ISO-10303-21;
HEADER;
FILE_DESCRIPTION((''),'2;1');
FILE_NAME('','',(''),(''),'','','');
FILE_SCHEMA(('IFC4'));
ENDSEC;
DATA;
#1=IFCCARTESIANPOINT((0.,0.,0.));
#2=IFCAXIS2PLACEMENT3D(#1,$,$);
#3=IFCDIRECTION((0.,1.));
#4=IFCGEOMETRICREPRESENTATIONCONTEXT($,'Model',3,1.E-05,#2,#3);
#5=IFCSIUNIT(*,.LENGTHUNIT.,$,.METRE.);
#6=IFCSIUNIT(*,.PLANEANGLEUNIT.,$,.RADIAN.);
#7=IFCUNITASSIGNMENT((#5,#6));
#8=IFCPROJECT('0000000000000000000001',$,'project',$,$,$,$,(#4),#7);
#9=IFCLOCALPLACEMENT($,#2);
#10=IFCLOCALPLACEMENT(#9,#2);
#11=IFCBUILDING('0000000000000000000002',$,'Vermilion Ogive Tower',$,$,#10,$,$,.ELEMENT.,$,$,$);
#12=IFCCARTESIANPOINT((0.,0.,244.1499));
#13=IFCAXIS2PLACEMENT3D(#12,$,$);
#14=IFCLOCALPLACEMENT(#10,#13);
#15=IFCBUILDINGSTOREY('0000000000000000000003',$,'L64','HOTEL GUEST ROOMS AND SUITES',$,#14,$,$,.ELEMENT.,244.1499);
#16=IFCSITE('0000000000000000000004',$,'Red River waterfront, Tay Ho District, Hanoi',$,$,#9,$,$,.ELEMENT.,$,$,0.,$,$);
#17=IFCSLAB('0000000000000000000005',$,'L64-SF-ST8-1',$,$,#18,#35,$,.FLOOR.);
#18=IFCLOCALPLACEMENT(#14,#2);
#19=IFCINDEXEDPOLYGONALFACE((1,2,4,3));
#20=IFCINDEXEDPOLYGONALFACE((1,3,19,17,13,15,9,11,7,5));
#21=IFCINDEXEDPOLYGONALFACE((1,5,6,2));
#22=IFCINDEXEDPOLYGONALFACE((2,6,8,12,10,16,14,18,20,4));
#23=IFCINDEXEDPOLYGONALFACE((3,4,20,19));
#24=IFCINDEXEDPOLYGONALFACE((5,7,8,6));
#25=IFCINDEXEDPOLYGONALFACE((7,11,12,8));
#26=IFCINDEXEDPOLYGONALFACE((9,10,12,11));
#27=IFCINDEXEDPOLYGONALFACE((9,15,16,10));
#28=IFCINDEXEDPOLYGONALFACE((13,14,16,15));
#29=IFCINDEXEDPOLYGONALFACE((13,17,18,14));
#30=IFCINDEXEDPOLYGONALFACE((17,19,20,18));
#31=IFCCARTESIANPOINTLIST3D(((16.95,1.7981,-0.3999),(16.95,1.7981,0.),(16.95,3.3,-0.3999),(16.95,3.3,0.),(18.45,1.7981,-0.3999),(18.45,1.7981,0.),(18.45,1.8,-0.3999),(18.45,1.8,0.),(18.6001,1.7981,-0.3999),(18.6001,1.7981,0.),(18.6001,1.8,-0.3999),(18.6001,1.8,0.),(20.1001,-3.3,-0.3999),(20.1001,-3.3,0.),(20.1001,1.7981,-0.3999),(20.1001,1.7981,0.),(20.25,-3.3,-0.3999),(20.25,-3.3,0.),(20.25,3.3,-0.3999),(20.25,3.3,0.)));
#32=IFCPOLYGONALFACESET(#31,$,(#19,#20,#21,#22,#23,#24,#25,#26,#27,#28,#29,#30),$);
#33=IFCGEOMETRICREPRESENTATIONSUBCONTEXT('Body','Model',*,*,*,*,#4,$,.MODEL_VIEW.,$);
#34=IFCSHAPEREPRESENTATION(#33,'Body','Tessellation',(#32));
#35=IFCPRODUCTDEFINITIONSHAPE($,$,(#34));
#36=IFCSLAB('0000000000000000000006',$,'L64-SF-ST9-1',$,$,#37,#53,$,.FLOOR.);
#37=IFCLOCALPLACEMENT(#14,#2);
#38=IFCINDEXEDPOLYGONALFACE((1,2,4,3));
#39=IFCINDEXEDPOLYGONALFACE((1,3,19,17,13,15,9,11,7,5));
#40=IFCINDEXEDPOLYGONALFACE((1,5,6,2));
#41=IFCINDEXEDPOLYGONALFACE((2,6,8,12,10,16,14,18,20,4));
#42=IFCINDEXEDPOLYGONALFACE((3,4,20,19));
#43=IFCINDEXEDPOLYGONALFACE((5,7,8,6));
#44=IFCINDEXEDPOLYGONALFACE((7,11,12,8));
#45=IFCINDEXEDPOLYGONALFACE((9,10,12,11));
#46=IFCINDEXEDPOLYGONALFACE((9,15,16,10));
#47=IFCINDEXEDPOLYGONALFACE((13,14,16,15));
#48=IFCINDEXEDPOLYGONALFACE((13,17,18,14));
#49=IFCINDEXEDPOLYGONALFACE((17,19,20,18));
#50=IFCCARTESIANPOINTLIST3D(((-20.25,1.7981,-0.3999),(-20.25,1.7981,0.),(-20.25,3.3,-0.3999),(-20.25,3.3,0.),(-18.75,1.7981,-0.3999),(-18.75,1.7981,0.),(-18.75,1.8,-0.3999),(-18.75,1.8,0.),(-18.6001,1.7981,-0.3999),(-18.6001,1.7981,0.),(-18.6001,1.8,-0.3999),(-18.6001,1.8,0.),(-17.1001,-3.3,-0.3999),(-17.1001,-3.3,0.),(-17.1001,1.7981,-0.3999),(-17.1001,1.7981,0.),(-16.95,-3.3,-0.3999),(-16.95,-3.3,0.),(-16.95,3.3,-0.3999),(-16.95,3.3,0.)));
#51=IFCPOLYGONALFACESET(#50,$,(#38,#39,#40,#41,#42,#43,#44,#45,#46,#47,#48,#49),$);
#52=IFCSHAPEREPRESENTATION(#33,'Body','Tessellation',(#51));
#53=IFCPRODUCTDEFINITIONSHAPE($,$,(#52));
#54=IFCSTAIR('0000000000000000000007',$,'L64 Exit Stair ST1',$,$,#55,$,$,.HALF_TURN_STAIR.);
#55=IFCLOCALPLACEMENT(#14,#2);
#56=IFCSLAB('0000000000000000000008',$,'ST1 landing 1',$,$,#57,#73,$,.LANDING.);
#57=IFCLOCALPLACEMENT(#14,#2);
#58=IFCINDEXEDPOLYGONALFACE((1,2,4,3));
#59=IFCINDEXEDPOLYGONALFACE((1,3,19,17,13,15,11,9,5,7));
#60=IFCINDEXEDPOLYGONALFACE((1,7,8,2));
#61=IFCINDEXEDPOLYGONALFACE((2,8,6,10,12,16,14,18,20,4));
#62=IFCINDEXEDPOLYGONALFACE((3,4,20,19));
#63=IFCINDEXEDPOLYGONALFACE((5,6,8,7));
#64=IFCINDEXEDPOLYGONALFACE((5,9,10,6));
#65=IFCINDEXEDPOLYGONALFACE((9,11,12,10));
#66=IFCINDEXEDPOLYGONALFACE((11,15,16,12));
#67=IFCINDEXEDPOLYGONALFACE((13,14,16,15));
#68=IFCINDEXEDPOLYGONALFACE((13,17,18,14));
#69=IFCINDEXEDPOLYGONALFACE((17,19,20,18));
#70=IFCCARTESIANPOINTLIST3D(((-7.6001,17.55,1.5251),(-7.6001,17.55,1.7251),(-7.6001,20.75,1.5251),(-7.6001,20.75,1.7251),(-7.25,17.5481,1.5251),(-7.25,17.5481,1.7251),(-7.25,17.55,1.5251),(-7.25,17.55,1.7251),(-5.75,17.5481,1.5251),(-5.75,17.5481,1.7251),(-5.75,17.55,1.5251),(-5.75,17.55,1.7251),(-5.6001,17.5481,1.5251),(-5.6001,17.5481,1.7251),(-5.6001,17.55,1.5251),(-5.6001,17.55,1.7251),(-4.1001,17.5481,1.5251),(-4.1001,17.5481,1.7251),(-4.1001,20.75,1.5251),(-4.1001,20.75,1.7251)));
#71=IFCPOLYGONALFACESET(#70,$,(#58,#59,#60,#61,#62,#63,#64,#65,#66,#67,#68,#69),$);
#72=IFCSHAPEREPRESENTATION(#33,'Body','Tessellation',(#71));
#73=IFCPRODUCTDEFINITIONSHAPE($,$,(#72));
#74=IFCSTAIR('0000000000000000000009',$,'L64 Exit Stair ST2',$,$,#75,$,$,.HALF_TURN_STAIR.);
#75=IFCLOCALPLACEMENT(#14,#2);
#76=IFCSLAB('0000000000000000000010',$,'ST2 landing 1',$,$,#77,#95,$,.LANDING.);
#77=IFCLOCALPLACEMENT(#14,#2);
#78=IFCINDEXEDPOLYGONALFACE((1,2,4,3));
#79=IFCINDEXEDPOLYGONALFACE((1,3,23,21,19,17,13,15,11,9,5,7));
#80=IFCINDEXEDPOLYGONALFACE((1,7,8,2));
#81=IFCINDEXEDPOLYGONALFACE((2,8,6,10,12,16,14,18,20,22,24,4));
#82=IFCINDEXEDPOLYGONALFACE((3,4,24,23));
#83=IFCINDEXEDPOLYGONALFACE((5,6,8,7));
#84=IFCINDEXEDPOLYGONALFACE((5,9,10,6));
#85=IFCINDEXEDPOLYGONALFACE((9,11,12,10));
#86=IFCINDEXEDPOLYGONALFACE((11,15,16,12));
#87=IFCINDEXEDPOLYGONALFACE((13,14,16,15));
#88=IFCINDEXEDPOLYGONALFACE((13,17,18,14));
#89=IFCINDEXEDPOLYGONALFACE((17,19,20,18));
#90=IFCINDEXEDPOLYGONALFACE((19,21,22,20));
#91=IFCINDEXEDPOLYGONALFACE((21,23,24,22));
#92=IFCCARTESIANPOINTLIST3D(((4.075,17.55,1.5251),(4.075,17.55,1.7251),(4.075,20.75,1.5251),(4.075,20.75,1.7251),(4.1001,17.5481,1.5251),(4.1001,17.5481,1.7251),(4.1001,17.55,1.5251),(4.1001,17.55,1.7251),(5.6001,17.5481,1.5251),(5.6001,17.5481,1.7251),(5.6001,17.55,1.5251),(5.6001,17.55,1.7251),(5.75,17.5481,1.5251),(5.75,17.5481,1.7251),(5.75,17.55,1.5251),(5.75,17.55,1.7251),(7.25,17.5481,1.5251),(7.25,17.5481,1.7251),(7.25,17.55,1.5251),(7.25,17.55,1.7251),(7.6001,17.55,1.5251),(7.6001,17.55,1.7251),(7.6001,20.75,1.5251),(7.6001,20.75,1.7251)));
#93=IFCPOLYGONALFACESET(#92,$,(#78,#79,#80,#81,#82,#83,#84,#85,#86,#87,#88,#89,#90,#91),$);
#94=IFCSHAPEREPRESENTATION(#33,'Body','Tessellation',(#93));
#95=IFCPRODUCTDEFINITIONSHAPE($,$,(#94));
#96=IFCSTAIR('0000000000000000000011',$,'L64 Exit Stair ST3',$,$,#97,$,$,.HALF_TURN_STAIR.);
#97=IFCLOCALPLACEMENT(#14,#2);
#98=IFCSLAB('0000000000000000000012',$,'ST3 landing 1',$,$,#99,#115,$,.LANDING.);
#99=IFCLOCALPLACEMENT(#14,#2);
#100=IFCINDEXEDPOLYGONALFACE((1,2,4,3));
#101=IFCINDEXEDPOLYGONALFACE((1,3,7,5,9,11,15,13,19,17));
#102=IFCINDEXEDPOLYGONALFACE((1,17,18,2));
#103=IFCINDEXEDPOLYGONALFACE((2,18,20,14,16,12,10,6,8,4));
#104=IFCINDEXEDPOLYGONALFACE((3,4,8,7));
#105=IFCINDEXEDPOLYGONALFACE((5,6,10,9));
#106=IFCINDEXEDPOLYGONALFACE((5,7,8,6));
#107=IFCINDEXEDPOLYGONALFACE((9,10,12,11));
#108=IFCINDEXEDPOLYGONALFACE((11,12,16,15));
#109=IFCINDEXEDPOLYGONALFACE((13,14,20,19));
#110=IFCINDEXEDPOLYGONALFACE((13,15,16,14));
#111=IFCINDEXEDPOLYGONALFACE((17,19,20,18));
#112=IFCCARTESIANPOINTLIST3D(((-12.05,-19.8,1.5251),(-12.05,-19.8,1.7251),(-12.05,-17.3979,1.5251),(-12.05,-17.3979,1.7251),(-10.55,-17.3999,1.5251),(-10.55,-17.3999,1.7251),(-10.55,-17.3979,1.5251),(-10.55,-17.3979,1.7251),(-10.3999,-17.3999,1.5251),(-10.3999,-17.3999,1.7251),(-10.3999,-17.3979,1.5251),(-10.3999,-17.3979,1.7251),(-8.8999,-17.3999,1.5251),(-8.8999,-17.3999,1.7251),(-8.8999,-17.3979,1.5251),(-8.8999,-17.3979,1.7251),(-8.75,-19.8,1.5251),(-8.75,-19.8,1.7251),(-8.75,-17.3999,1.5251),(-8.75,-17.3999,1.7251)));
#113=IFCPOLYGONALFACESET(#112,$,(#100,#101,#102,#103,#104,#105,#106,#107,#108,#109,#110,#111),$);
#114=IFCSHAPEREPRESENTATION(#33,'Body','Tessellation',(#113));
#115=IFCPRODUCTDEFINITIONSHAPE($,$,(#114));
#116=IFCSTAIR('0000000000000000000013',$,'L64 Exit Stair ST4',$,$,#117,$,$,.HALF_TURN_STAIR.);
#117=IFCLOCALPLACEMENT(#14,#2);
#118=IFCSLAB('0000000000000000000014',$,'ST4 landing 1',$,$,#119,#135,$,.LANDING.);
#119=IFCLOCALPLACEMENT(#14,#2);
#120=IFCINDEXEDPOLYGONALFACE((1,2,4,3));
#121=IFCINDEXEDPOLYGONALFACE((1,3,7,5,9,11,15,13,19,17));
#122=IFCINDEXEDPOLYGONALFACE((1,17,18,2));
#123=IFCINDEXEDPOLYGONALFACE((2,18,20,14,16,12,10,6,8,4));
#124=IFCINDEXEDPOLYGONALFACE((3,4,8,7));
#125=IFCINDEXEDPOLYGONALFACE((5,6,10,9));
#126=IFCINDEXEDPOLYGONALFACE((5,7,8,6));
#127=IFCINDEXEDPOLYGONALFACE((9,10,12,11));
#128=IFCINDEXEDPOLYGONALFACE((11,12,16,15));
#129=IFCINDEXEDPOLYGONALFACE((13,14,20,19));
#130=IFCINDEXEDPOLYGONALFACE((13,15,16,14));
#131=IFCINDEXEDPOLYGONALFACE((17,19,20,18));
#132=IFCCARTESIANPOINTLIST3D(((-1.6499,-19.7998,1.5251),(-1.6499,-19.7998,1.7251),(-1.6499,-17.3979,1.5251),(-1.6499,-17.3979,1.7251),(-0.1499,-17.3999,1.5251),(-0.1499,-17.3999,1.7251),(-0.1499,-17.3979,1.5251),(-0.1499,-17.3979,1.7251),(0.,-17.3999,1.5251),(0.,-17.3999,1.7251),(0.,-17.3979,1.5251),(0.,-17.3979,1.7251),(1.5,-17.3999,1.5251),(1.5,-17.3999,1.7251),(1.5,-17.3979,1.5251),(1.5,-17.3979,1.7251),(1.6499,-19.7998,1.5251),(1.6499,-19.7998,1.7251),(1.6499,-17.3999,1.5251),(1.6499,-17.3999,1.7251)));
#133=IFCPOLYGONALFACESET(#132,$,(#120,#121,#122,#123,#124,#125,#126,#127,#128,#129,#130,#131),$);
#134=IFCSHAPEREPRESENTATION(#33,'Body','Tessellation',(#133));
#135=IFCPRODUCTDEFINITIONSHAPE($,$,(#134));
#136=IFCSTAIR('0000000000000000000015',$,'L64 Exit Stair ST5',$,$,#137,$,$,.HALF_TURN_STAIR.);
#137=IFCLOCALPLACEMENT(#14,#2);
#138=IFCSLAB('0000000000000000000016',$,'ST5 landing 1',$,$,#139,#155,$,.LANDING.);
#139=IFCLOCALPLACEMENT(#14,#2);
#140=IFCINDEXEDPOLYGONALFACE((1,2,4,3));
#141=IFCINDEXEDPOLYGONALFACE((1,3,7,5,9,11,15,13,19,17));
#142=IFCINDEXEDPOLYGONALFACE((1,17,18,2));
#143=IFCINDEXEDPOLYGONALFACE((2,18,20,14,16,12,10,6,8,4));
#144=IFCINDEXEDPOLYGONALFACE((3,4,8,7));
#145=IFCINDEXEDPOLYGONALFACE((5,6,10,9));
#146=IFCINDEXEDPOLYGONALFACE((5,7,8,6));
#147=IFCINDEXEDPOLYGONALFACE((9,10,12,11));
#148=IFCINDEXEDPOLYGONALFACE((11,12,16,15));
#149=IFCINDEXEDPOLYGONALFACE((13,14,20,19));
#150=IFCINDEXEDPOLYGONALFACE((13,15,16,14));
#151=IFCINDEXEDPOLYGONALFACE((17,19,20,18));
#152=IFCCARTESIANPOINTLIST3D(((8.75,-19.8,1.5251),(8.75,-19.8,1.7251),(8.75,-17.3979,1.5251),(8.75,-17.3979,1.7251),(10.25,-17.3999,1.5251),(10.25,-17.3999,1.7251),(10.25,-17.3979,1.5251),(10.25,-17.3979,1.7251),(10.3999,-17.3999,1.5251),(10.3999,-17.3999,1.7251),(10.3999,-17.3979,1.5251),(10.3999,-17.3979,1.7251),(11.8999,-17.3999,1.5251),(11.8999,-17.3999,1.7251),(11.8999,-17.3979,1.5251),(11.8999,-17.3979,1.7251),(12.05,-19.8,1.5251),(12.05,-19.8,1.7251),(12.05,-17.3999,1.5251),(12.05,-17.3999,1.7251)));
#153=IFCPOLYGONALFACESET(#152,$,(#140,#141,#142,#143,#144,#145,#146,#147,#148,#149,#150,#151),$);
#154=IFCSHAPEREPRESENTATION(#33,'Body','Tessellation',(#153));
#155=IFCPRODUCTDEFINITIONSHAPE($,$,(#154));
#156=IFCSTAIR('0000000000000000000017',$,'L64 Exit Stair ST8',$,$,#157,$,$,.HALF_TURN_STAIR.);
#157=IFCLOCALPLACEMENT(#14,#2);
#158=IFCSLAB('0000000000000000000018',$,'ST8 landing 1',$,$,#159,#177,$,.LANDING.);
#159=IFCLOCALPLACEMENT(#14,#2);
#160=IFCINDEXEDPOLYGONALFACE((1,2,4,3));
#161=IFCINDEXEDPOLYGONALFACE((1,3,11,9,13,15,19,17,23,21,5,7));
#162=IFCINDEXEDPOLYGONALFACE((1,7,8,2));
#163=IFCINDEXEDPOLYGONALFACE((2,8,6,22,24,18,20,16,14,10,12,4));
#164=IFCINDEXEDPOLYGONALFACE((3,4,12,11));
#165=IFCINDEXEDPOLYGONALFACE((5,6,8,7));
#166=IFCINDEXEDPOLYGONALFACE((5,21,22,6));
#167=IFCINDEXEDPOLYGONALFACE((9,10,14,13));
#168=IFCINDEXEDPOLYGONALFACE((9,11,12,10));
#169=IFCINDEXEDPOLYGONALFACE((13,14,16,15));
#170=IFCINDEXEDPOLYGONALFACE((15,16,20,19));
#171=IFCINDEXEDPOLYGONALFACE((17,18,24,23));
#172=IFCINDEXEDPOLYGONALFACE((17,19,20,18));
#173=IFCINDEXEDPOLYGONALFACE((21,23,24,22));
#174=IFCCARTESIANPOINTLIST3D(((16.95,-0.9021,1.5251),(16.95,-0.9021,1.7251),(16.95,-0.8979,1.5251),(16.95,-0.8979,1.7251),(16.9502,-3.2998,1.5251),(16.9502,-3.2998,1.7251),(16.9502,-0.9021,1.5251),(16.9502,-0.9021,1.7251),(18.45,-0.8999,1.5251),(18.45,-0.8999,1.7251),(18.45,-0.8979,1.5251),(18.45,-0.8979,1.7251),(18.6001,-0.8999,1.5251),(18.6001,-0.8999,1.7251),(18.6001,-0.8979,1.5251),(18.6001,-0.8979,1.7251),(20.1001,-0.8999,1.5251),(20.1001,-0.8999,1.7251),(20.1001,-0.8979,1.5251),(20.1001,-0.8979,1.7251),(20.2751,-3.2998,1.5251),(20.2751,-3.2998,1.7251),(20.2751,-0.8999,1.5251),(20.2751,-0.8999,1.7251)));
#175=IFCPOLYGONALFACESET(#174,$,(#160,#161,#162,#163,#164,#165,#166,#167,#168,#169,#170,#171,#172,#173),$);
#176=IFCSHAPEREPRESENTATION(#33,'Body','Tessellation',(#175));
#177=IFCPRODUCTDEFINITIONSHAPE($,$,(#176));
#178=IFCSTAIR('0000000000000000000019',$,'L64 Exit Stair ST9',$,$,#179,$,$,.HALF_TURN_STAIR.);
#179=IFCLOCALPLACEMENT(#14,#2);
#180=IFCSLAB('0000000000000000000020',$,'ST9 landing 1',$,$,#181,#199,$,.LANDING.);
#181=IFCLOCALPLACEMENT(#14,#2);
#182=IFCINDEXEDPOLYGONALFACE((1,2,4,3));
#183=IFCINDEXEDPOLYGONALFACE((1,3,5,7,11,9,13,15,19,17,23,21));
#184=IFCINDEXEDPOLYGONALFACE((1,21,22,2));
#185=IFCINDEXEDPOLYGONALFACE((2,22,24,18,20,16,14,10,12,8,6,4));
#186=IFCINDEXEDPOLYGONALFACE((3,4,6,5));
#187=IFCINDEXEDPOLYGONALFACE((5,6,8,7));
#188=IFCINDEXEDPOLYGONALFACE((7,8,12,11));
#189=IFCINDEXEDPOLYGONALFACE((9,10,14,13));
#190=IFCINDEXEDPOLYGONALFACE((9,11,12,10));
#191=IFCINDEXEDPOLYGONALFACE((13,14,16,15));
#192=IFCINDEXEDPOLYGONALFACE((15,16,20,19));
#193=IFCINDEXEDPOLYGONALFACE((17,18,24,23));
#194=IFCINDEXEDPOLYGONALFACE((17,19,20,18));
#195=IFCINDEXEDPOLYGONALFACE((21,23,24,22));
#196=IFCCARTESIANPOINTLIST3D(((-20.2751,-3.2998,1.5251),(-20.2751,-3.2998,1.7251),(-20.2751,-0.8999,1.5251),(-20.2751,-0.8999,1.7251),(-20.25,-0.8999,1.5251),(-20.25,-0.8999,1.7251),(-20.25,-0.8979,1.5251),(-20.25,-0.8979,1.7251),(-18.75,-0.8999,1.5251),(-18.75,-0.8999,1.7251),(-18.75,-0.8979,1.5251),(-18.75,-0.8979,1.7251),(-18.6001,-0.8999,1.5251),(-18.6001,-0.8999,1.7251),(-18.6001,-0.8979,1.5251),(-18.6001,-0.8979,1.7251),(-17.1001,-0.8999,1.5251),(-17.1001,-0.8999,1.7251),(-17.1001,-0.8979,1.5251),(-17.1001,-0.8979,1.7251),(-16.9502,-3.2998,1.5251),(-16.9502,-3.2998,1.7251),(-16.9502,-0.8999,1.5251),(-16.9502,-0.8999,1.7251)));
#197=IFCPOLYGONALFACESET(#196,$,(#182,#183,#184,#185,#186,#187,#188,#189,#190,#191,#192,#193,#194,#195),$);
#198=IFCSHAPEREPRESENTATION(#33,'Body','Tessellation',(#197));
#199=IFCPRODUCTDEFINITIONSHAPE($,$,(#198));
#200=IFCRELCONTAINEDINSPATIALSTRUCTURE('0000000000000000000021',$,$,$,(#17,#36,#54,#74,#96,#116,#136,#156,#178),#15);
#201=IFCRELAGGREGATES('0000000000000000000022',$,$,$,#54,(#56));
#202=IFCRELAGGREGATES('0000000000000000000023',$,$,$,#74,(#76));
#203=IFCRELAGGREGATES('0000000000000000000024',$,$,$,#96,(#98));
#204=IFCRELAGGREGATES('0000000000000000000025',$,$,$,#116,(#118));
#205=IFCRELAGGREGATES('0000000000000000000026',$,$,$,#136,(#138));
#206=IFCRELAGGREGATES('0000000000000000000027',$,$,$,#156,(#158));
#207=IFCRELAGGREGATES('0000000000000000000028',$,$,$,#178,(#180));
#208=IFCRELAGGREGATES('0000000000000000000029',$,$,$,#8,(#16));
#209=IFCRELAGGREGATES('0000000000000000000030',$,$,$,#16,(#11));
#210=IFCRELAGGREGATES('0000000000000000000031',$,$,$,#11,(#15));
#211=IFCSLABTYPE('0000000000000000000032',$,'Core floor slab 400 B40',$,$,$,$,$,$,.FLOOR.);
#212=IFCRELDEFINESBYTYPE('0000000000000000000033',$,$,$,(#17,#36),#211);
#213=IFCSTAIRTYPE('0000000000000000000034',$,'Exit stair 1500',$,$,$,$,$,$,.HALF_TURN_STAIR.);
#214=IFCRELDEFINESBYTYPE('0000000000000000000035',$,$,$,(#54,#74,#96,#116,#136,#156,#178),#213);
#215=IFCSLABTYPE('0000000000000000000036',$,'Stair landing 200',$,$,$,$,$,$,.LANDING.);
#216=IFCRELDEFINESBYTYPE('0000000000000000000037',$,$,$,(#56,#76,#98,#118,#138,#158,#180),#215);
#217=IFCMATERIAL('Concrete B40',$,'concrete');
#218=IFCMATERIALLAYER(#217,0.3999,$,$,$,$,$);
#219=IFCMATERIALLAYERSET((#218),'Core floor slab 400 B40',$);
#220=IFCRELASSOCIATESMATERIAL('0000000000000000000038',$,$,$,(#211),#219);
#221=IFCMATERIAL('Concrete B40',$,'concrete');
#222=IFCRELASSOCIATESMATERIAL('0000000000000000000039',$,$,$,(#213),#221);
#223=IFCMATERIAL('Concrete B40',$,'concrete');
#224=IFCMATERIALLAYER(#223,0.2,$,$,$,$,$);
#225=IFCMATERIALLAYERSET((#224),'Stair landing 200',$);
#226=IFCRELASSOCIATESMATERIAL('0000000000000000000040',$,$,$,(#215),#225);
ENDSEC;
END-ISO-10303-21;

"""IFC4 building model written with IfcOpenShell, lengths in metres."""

from ifc_helpers import new_model, si_unit, direction, frame, origin, place, context, subcontext, project, spatial, polyline, outline, extrude, material, layer, layer_set, type_object, element, aggregate, save


model = new_model("IFC4")

# Units and contexts
model_context = context("Model", 3, precision=1e-05, world=origin(), true_north=direction((0.0, 1.0)))
body_context = subcontext(model_context, "Body", "Model", "MODEL_VIEW")
ifc_project = project(units=[si_unit("LENGTHUNIT", "METRE"), si_unit("PLANEANGLEUNIT", "RADIAN")], contexts=[model_context])

# Site, building, storey
site_placement = place(None, origin())
site = spatial("IfcSite", under=ifc_project, at=site_placement, Name="Red River waterfront, Tay Ho District, Hanoi", CompositionType="ELEMENT", RefElevation=0.0)
building_placement = place(site_placement, origin())
building = spatial("IfcBuilding", under=site, at=building_placement, Name="Vermilion Ogive Tower", CompositionType="ELEMENT")
storey_placement = place(building_placement, frame((0.0, 0.0, 244.1499)))
storey = spatial("IfcBuildingStorey", under=building, at=storey_placement, Name="L64", Description="HOTEL GUEST ROOMS AND SUITES", CompositionType="ELEMENT", Elevation=244.1499)

# Slabs
ifc_material_1 = material(Name="Concrete B40", Category="concrete")
ifc_layer_1 = layer(ifc_material_1, 0.3999)
ifc_layer_set_1 = layer_set([ifc_layer_1], Name="Core floor slab 400 B40")
slab_type_1 = type_object("IfcSlabType", Name="Core floor slab 400 B40", PredefinedType="FLOOR", material=ifc_layer_set_1)
slab_1_placement = place(storey_placement, frame((0.0, 0.0, -0.3999)))
element("IfcSlab", 1, at=slab_1_placement, inside=storey, type_object=slab_type_1, Name="L64-SF-ST8-1", PredefinedType="FLOOR", context=body_context, shape_type="SweptSolid", body=[
    extrude(outline(polyline([(16.95, 3.3), (16.95, 1.7981), (18.45, 1.7981), (18.45, 1.8), (18.6001, 1.8), (18.6001, 1.7981), (20.1001, 1.7981), (20.1001, -3.3), (20.25, -3.3), (20.25, 3.3), (16.95, 3.3)])), origin(), (0.0, 0.0, 1.0), 0.3999),
])
slab_2_placement = place(storey_placement, frame((0.0, 0.0, -0.3999)))
element("IfcSlab", 2, at=slab_2_placement, inside=storey, type_object=slab_type_1, Name="L64-SF-ST9-1", PredefinedType="FLOOR", context=body_context, shape_type="SweptSolid", body=[
    extrude(outline(polyline([(-20.25, 3.3), (-20.25, 1.7981), (-18.75, 1.7981), (-18.75, 1.8), (-18.6001, 1.8), (-18.6001, 1.7981), (-17.1001, 1.7981), (-17.1001, -3.3), (-16.95, -3.3), (-16.95, 3.3), (-20.25, 3.3)])), origin(), (0.0, 0.0, 1.0), 0.3999),
])

# Stairs, slabs
ifc_material_2 = material(Name="Concrete B40", Category="concrete")
stair_type = type_object("IfcStairType", Name="Exit stair 1500", PredefinedType="HALF_TURN_STAIR", material=ifc_material_2)
stair_1_placement = place(storey_placement, origin())
stair_1 = element("IfcStair", 3, at=stair_1_placement, inside=storey, type_object=stair_type, Name="L64 Exit Stair ST1", PredefinedType="HALF_TURN_STAIR")
ifc_material_3 = material(Name="Concrete B40", Category="concrete")
ifc_layer_2 = layer(ifc_material_3, 0.2)
ifc_layer_set_2 = layer_set([ifc_layer_2], Name="Stair landing 200")
slab_type_2 = type_object("IfcSlabType", Name="Stair landing 200", PredefinedType="LANDING", material=ifc_layer_set_2)
slab_3_placement = place(storey_placement, frame((0.0, 0.0, 1.5251)))
slab_3 = element("IfcSlab", 4, at=slab_3_placement, type_object=slab_type_2, Name="ST1 landing 1", PredefinedType="LANDING", context=body_context, shape_type="SweptSolid", body=[
    extrude(outline(polyline([(-7.6001, 17.55), (-7.25, 17.55), (-7.25, 17.5481), (-5.75, 17.5481), (-5.75, 17.55), (-5.6001, 17.55), (-5.6001, 17.5481), (-4.1001, 17.5481), (-4.1001, 20.75), (-7.6001, 20.75), (-7.6001, 17.55)])), origin(), (0.0, 0.0, 1.0), 0.2),
])
aggregate(stair_1, [slab_3])
stair_2_placement = place(storey_placement, origin())
stair_2 = element("IfcStair", 5, at=stair_2_placement, inside=storey, type_object=stair_type, Name="L64 Exit Stair ST2", PredefinedType="HALF_TURN_STAIR")
slab_4_placement = place(storey_placement, frame((0.0, 0.0, 1.5251)))
slab_4 = element("IfcSlab", 6, at=slab_4_placement, type_object=slab_type_2, Name="ST2 landing 1", PredefinedType="LANDING", context=body_context, shape_type="SweptSolid", body=[
    extrude(outline(polyline([(5.6001, 17.55), (5.75, 17.55), (5.75, 17.5481), (7.25, 17.5481), (7.25, 17.55), (7.6001, 17.55), (7.6001, 20.75), (4.075, 20.75), (4.075, 17.55), (4.1001, 17.55), (4.1001, 17.5481), (5.6001, 17.5481), (5.6001, 17.55)])), origin(), (0.0, 0.0, 1.0), 0.2),
])
aggregate(stair_2, [slab_4])
stair_3_placement = place(storey_placement, origin())
stair_3 = element("IfcStair", 7, at=stair_3_placement, inside=storey, type_object=stair_type, Name="L64 Exit Stair ST3", PredefinedType="HALF_TURN_STAIR")
slab_5_placement = place(storey_placement, frame((0.0, 0.0, 1.5251)))
slab_5 = element("IfcSlab", 8, at=slab_5_placement, type_object=slab_type_2, Name="ST3 landing 1", PredefinedType="LANDING", context=body_context, shape_type="SweptSolid", body=[
    extrude(outline(polyline([(-8.75, -17.3999), (-8.8999, -17.3999), (-8.8999, -17.3979), (-10.3999, -17.3979), (-10.3999, -17.3999), (-10.55, -17.3999), (-10.55, -17.3979), (-12.05, -17.3979), (-12.05, -19.8), (-8.75, -19.8), (-8.75, -17.3999)])), origin(), (0.0, 0.0, 1.0), 0.2),
])
aggregate(stair_3, [slab_5])
stair_4_placement = place(storey_placement, origin())
stair_4 = element("IfcStair", 9, at=stair_4_placement, inside=storey, type_object=stair_type, Name="L64 Exit Stair ST4", PredefinedType="HALF_TURN_STAIR")
slab_6_placement = place(storey_placement, frame((0.0, 0.0, 1.5251)))
slab_6 = element("IfcSlab", 10, at=slab_6_placement, type_object=slab_type_2, Name="ST4 landing 1", PredefinedType="LANDING", context=body_context, shape_type="SweptSolid", body=[
    extrude(outline(polyline([(1.6499, -17.3999), (1.5, -17.3999), (1.5, -17.3979), (0.0, -17.3979), (0.0, -17.3999), (-0.1499, -17.3999), (-0.1499, -17.3979), (-1.6499, -17.3979), (-1.6499, -19.7998), (1.6499, -19.7998), (1.6499, -17.3999)])), origin(), (0.0, 0.0, 1.0), 0.2),
])
aggregate(stair_4, [slab_6])
stair_5_placement = place(storey_placement, origin())
stair_5 = element("IfcStair", 11, at=stair_5_placement, inside=storey, type_object=stair_type, Name="L64 Exit Stair ST5", PredefinedType="HALF_TURN_STAIR")
slab_7_placement = place(storey_placement, frame((0.0, 0.0, 1.5251)))
slab_7 = element("IfcSlab", 12, at=slab_7_placement, type_object=slab_type_2, Name="ST5 landing 1", PredefinedType="LANDING", context=body_context, shape_type="SweptSolid", body=[
    extrude(outline(polyline([(12.05, -17.3999), (11.8999, -17.3999), (11.8999, -17.3979), (10.3999, -17.3979), (10.3999, -17.3999), (10.25, -17.3999), (10.25, -17.3979), (8.75, -17.3979), (8.75, -19.8), (12.05, -19.8), (12.05, -17.3999)])), origin(), (0.0, 0.0, 1.0), 0.2),
])
aggregate(stair_5, [slab_7])
stair_6_placement = place(storey_placement, origin())
stair_6 = element("IfcStair", 13, at=stair_6_placement, inside=storey, type_object=stair_type, Name="L64 Exit Stair ST8", PredefinedType="HALF_TURN_STAIR")
slab_8_placement = place(storey_placement, frame((0.0, 0.0, 1.5251)))
slab_8 = element("IfcSlab", 14, at=slab_8_placement, type_object=slab_type_2, Name="ST8 landing 1", PredefinedType="LANDING", context=body_context, shape_type="SweptSolid", body=[
    extrude(outline(polyline([(20.2751, -0.8999), (20.1001, -0.8999), (20.1001, -0.8979), (18.6001, -0.8979), (18.6001, -0.8999), (18.45, -0.8999), (18.45, -0.8979), (16.95, -0.8979), (16.95, -0.9021), (16.9502, -0.9021), (16.9502, -3.2998), (20.2751, -3.2998), (20.2751, -0.8999)])), origin(), (0.0, 0.0, 1.0), 0.2),
])
aggregate(stair_6, [slab_8])
stair_7_placement = place(storey_placement, origin())
stair_7 = element("IfcStair", 15, at=stair_7_placement, inside=storey, type_object=stair_type, Name="L64 Exit Stair ST9", PredefinedType="HALF_TURN_STAIR")
slab_9_placement = place(storey_placement, frame((0.0, 0.0, 1.5251)))
slab_9 = element("IfcSlab", 16, at=slab_9_placement, type_object=slab_type_2, Name="ST9 landing 1", PredefinedType="LANDING", context=body_context, shape_type="SweptSolid", body=[
    extrude(outline(polyline([(-16.9502, -0.8999), (-17.1001, -0.8999), (-17.1001, -0.8979), (-18.6001, -0.8979), (-18.6001, -0.8999), (-18.75, -0.8999), (-18.75, -0.8979), (-20.25, -0.8979), (-20.25, -0.8999), (-20.2751, -0.8999), (-20.2751, -3.2998), (-16.9502, -3.2998), (-16.9502, -0.8999)])), origin(), (0.0, 0.0, 1.0), 0.2),
])
aggregate(stair_7, [slab_9])

save(model, "model.ifc")
